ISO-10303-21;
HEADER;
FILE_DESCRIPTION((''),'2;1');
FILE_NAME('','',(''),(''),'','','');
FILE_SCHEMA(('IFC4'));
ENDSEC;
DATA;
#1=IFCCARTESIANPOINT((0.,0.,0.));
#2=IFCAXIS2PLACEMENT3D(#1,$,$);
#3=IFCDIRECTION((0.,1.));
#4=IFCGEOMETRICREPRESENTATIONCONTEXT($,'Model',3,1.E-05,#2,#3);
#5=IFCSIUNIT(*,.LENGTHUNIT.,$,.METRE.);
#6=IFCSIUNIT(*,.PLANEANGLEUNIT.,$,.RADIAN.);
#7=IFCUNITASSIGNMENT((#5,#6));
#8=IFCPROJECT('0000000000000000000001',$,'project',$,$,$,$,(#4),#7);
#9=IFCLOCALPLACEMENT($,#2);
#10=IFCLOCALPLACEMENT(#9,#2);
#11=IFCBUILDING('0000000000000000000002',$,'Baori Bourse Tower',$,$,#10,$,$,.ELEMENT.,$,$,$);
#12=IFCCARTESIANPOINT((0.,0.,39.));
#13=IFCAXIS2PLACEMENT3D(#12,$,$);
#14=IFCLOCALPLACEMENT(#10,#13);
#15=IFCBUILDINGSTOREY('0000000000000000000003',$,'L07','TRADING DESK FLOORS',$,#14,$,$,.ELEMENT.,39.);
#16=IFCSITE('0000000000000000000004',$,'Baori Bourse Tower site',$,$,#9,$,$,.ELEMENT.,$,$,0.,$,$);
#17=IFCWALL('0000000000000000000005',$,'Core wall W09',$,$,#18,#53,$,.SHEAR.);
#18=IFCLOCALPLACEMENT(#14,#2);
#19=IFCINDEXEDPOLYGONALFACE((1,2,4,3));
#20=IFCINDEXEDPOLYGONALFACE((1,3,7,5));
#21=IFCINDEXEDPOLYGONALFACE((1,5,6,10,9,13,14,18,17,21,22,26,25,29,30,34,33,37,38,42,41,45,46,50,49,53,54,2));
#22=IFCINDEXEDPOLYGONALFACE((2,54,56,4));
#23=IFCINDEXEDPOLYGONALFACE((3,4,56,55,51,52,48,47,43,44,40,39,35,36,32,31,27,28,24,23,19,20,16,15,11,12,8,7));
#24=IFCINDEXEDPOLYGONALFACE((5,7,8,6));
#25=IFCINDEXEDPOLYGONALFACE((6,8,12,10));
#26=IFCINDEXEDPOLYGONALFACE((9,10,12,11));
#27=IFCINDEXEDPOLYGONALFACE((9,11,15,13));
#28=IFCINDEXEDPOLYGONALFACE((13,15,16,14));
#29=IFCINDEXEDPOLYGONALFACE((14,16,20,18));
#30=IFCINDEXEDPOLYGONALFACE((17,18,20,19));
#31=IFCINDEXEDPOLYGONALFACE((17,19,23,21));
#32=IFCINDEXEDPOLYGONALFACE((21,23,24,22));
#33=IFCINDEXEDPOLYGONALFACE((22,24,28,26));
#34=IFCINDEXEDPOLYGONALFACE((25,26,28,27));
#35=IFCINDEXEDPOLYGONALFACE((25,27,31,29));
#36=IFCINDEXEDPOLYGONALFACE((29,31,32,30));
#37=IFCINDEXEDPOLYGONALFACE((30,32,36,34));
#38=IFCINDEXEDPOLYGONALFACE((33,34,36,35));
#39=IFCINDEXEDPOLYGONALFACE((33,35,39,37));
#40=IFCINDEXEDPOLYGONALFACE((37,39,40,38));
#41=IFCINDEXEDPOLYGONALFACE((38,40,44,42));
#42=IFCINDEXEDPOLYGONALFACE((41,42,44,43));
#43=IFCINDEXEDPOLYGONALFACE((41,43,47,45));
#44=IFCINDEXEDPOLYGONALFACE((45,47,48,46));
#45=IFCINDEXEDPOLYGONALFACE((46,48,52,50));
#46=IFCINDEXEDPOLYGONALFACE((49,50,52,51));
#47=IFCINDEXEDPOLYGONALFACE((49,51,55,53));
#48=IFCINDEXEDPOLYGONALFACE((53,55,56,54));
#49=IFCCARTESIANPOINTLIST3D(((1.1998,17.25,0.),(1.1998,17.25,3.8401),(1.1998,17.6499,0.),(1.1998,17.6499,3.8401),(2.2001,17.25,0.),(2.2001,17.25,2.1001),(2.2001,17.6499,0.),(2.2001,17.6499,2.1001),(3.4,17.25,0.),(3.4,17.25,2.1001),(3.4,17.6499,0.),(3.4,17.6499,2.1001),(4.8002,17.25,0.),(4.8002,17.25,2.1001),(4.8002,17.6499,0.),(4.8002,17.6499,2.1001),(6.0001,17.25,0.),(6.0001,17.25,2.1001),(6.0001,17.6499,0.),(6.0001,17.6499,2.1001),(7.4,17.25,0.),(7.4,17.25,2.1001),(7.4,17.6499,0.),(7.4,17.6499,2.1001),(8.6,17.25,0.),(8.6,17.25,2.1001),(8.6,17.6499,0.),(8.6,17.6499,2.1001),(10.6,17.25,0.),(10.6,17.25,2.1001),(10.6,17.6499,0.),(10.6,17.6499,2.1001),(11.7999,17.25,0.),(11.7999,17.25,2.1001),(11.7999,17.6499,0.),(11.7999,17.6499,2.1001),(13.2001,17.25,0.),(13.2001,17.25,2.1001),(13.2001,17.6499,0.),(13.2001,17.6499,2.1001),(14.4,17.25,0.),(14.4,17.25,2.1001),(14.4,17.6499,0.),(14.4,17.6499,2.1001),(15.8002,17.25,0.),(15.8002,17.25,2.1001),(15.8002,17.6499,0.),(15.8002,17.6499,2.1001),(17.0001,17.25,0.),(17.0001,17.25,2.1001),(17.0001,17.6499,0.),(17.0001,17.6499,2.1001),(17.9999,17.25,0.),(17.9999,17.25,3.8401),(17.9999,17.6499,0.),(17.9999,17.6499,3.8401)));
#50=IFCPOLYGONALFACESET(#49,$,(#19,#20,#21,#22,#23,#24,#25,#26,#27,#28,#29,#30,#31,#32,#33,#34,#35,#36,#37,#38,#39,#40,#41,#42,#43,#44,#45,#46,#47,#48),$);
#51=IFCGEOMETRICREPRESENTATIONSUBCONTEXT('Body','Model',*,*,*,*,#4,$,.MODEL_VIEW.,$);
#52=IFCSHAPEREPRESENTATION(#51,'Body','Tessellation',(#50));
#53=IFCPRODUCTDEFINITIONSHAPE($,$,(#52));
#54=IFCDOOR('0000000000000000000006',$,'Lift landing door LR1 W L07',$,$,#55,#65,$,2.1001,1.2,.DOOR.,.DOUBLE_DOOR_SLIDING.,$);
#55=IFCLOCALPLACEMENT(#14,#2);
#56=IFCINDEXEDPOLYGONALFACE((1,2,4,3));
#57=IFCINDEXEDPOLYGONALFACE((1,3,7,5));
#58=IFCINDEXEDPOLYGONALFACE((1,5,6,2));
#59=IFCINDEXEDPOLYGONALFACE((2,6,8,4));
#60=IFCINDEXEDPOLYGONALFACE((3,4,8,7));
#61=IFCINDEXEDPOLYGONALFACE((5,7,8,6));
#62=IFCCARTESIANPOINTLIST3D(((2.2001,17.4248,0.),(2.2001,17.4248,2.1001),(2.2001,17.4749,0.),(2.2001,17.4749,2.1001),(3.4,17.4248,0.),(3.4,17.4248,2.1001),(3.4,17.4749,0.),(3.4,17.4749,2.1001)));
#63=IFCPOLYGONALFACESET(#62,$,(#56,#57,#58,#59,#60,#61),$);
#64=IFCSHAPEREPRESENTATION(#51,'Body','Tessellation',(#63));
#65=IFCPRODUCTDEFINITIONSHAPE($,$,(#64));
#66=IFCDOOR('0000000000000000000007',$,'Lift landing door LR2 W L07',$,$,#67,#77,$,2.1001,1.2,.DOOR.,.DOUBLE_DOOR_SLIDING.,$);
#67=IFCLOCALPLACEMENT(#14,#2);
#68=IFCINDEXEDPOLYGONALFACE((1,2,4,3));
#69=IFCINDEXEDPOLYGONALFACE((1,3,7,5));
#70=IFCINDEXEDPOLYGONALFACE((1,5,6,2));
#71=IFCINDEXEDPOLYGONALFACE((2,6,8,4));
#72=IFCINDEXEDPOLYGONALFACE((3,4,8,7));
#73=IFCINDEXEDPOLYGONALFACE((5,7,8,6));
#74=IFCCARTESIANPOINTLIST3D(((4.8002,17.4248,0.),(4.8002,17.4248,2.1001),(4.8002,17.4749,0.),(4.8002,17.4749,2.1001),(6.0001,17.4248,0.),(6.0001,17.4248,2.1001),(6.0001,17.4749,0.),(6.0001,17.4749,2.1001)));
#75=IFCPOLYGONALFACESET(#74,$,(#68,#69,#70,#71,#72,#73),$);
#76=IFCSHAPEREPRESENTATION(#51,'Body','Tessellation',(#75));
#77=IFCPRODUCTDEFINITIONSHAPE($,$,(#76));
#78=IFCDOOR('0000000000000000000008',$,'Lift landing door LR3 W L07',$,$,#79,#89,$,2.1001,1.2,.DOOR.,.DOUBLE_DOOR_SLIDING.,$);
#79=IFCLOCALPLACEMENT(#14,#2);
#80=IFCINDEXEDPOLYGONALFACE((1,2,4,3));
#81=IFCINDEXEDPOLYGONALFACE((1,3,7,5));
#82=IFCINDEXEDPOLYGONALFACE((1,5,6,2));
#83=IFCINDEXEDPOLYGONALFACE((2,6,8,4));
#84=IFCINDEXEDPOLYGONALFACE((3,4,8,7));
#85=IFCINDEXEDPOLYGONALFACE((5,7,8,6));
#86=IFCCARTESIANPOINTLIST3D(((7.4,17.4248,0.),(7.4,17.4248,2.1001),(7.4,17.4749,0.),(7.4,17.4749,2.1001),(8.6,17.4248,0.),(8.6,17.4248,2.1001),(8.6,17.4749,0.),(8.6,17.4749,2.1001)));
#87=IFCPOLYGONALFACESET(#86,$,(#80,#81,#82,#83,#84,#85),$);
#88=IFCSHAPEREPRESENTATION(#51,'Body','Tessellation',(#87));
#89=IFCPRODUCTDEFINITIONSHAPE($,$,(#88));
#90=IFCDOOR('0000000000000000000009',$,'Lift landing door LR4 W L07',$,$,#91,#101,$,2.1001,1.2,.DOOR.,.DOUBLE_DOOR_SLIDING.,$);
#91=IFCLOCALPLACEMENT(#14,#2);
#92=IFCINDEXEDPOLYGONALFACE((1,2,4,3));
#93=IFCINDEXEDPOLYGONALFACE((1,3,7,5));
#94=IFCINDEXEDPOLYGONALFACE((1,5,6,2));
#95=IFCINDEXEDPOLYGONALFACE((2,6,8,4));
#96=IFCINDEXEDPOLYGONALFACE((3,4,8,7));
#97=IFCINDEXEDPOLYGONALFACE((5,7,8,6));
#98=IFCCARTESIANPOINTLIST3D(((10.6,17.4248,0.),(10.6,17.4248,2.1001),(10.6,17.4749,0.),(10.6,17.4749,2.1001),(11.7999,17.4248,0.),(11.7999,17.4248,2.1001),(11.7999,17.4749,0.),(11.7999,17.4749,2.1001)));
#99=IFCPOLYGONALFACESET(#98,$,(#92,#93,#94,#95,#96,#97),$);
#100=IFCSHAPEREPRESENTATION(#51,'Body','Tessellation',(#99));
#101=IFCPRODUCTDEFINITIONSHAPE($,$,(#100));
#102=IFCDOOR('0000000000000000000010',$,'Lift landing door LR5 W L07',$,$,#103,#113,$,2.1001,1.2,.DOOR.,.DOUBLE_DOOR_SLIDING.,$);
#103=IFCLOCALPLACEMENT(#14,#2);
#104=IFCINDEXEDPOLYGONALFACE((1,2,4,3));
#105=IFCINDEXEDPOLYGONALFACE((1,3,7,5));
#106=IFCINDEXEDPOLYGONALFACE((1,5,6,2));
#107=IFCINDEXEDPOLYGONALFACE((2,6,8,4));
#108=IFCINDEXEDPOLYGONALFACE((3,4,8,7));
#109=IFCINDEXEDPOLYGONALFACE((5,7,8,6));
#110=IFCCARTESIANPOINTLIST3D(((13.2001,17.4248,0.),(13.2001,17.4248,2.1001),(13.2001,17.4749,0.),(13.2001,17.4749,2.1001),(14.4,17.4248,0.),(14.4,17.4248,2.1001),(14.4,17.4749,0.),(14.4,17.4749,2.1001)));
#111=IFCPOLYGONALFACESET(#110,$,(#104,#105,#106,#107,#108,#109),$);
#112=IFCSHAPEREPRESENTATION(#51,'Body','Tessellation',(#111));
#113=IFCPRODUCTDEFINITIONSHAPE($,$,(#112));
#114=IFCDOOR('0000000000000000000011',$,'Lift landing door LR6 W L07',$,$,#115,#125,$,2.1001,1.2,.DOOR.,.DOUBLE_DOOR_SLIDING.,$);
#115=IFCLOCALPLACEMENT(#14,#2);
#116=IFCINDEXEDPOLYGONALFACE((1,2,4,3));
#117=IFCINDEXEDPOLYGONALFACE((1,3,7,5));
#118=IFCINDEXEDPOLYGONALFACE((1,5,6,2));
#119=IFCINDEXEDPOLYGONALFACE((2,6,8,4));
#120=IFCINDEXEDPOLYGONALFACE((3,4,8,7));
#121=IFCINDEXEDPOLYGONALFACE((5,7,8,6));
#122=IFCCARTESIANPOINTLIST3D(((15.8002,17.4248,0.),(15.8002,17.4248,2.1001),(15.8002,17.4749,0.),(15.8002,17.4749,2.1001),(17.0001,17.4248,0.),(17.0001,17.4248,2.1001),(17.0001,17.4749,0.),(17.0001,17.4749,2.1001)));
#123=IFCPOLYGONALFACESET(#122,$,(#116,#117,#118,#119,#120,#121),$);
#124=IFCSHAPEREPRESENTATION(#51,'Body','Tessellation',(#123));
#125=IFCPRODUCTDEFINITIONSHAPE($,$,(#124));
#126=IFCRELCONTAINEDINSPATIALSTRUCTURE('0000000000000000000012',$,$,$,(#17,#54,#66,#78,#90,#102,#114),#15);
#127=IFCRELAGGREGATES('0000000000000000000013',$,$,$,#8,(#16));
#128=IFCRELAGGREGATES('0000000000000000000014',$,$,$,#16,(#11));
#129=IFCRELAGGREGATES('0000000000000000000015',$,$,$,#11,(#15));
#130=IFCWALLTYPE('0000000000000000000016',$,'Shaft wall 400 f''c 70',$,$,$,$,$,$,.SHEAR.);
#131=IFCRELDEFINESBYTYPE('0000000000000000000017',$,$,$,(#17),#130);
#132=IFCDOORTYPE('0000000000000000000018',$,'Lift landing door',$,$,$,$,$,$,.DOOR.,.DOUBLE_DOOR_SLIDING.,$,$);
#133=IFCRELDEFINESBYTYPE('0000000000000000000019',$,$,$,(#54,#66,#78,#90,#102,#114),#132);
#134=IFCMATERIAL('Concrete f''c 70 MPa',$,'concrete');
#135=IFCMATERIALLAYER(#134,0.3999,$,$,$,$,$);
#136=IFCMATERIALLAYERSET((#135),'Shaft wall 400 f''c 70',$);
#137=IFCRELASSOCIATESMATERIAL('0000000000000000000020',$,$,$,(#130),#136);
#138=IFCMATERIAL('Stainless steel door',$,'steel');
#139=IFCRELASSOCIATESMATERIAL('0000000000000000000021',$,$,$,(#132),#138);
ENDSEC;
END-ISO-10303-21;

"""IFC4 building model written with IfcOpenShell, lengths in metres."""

from ifc_helpers import new_model, si_unit, direction, frame, frame_2d, origin, place, context, subcontext, project, spatial, rectangle, extrude, material, layer, layer_set, type_object, element, fill, save


model = new_model("IFC4")

# Units and contexts
model_context = context("Model", 3, precision=1e-05, world=origin(), true_north=direction((0.0, 1.0)))
body_context = subcontext(model_context, "Body", "Model", "MODEL_VIEW")
ifc_project = project(units=[si_unit("LENGTHUNIT", "METRE"), si_unit("PLANEANGLEUNIT", "RADIAN")], contexts=[model_context])

# Site, building, storey
site_placement = place(None, origin())
site = spatial("IfcSite", under=ifc_project, at=site_placement, Name="Baori Bourse Tower site", CompositionType="ELEMENT", RefElevation=0.0)
building_placement = place(site_placement, origin())
building = spatial("IfcBuilding", under=site, at=building_placement, Name="Baori Bourse Tower", CompositionType="ELEMENT")
storey_placement = place(building_placement, frame((0.0, 0.0, 39.0)))
storey = spatial("IfcBuildingStorey", under=building, at=storey_placement, Name="L07", Description="TRADING DESK FLOORS", CompositionType="ELEMENT", Elevation=39.0)

# Shared definitions
ifc_material_1 = material(Name="Concrete f'c 70 MPa", Category="concrete")
ifc_layer_1 = layer(ifc_material_1, 0.3999)
ifc_layer_set_1 = layer_set([ifc_layer_1], Name="Shaft wall 400 f'c 70")
wall_type_1 = type_object("IfcWallType", Name="Shaft wall 400 f'c 70", PredefinedType="SHEAR", material=ifc_layer_set_1)

# Wall, openings, doors
wall_1_placement = place(storey_placement, frame((1.2, 17.45, 0.0), z_axis=(0.0, 0.0, 1.0), x_axis=(1.0, 0.0, 0.0)))
wall_1 = element("IfcWall", 1, at=wall_1_placement, inside=storey, type_object=wall_type_1, Name="Core wall W09", PredefinedType="SHEAR", context=body_context, shape_type="SweptSolid", body=[
    extrude(rectangle(XDim=16.8, YDim=0.3999, at=frame_2d((8.3999, 0.0))), origin(), (0.0, 0.0, 1.0), 3.8401),
])
opening_1_placement = place(wall_1_placement, frame((1.0, 0.0, 0.0)))
opening_1 = element("IfcOpeningElement", 2, at=opening_1_placement, cuts=wall_1, PredefinedType="OPENING", context=body_context, shape_type="SweptSolid", body=[
    extrude(rectangle(XDim=1.2, YDim=2.1001, at=frame_2d((0.6001, 1.05))), frame((0.0, 0.21, 0.0), z_axis=(0.0, -1.0, 0.0), x_axis=(1.0, 0.0, 0.0)), (0.0, 0.0, 1.0), 0.4199),
])
opening_2_placement = place(wall_1_placement, frame((3.6001, 0.0, 0.0)))
opening_2 = element("IfcOpeningElement", 3, at=opening_2_placement, cuts=wall_1, PredefinedType="OPENING", context=body_context, shape_type="SweptSolid", body=[
    extrude(rectangle(XDim=1.2, YDim=2.1001, at=frame_2d((0.6001, 1.05))), frame((0.0, 0.21, 0.0), z_axis=(0.0, -1.0, 0.0), x_axis=(1.0, 0.0, 0.0)), (0.0, 0.0, 1.0), 0.4199),
])
opening_3_placement = place(wall_1_placement, frame((6.2, 0.0, 0.0)))
opening_3 = element("IfcOpeningElement", 4, at=opening_3_placement, cuts=wall_1, PredefinedType="OPENING", context=body_context, shape_type="SweptSolid", body=[
    extrude(rectangle(XDim=1.2, YDim=2.1001, at=frame_2d((0.6001, 1.05))), frame((0.0, 0.21, 0.0), z_axis=(0.0, -1.0, 0.0), x_axis=(1.0, 0.0, 0.0)), (0.0, 0.0, 1.0), 0.4199),
])
opening_4_placement = place(wall_1_placement, frame((9.3999, 0.0, 0.0)))
opening_4 = element("IfcOpeningElement", 5, at=opening_4_placement, cuts=wall_1, PredefinedType="OPENING", context=body_context, shape_type="SweptSolid", body=[
    extrude(rectangle(XDim=1.2, YDim=2.1001, at=frame_2d((0.6001, 1.05))), frame((0.0, 0.21, 0.0), z_axis=(0.0, -1.0, 0.0), x_axis=(1.0, 0.0, 0.0)), (0.0, 0.0, 1.0), 0.4199),
])
opening_5_placement = place(wall_1_placement, frame((12.0, 0.0, 0.0)))
opening_5 = element("IfcOpeningElement", 6, at=opening_5_placement, cuts=wall_1, PredefinedType="OPENING", context=body_context, shape_type="SweptSolid", body=[
    extrude(rectangle(XDim=1.2, YDim=2.1001, at=frame_2d((0.6001, 1.05))), frame((0.0, 0.21, 0.0), z_axis=(0.0, -1.0, 0.0), x_axis=(1.0, 0.0, 0.0)), (0.0, 0.0, 1.0), 0.4199),
])
opening_6_placement = place(wall_1_placement, frame((14.6001, 0.0, 0.0)))
opening_6 = element("IfcOpeningElement", 7, at=opening_6_placement, cuts=wall_1, PredefinedType="OPENING", context=body_context, shape_type="SweptSolid", body=[
    extrude(rectangle(XDim=1.2, YDim=2.1001, at=frame_2d((0.6001, 1.05))), frame((0.0, 0.21, 0.0), z_axis=(0.0, -1.0, 0.0), x_axis=(1.0, 0.0, 0.0)), (0.0, 0.0, 1.0), 0.4199),
])
ifc_material_2 = material(Name="Stainless steel door", Category="steel")
door_type_1 = type_object("IfcDoorType", Name="Lift landing door", OperationType="DOUBLE_DOOR_SLIDING", PredefinedType="DOOR", material=ifc_material_2)
door_1_placement = place(opening_1_placement, origin())
door_1 = element("IfcDoor", 8, at=door_1_placement, inside=storey, type_object=door_type_1, Name="Lift landing door LR1 W L07", OperationType="DOUBLE_DOOR_SLIDING", OverallHeight=2.1001, OverallWidth=1.2, PredefinedType="DOOR", context=body_context, shape_type="SweptSolid", body=[
    extrude(rectangle(XDim=1.2, YDim=2.1001, at=frame_2d((0.6001, 1.05))), frame((0.0, 0.0249, 0.0), z_axis=(0.0, -1.0, 0.0), x_axis=(1.0, 0.0, 0.0)), (0.0, 0.0, 1.0), 0.05),
])
fill(opening_1, door_1)
door_2_placement = place(opening_2_placement, origin())
door_2 = element("IfcDoor", 9, at=door_2_placement, inside=storey, type_object=door_type_1, Name="Lift landing door LR2 W L07", OperationType="DOUBLE_DOOR_SLIDING", OverallHeight=2.1001, OverallWidth=1.2, PredefinedType="DOOR", context=body_context, shape_type="SweptSolid", body=[
    extrude(rectangle(XDim=1.2, YDim=2.1001, at=frame_2d((0.6001, 1.05))), frame((0.0, 0.0249, 0.0), z_axis=(0.0, -1.0, 0.0), x_axis=(1.0, 0.0, 0.0)), (0.0, 0.0, 1.0), 0.05),
])
fill(opening_2, door_2)
door_3_placement = place(opening_3_placement, origin())
door_3 = element("IfcDoor", 10, at=door_3_placement, inside=storey, type_object=door_type_1, Name="Lift landing door LR3 W L07", OperationType="DOUBLE_DOOR_SLIDING", OverallHeight=2.1001, OverallWidth=1.2, PredefinedType="DOOR", context=body_context, shape_type="SweptSolid", body=[
    extrude(rectangle(XDim=1.2, YDim=2.1001, at=frame_2d((0.6001, 1.05))), frame((0.0, 0.0249, 0.0), z_axis=(0.0, -1.0, 0.0), x_axis=(1.0, 0.0, 0.0)), (0.0, 0.0, 1.0), 0.05),
])
fill(opening_3, door_3)
door_4_placement = place(opening_4_placement, origin())
door_4 = element("IfcDoor", 11, at=door_4_placement, inside=storey, type_object=door_type_1, Name="Lift landing door LR4 W L07", OperationType="DOUBLE_DOOR_SLIDING", OverallHeight=2.1001, OverallWidth=1.2, PredefinedType="DOOR", context=body_context, shape_type="SweptSolid", body=[
    extrude(rectangle(XDim=1.2, YDim=2.1001, at=frame_2d((0.6001, 1.05))), frame((0.0, 0.0249, 0.0), z_axis=(0.0, -1.0, 0.0), x_axis=(1.0, 0.0, 0.0)), (0.0, 0.0, 1.0), 0.05),
])
fill(opening_4, door_4)
door_5_placement = place(opening_5_placement, origin())
door_5 = element("IfcDoor", 12, at=door_5_placement, inside=storey, type_object=door_type_1, Name="Lift landing door LR5 W L07", OperationType="DOUBLE_DOOR_SLIDING", OverallHeight=2.1001, OverallWidth=1.2, PredefinedType="DOOR", context=body_context, shape_type="SweptSolid", body=[
    extrude(rectangle(XDim=1.2, YDim=2.1001, at=frame_2d((0.6001, 1.05))), frame((0.0, 0.0249, 0.0), z_axis=(0.0, -1.0, 0.0), x_axis=(1.0, 0.0, 0.0)), (0.0, 0.0, 1.0), 0.05),
])
fill(opening_5, door_5)
door_6_placement = place(opening_6_placement, origin())
door_6 = element("IfcDoor", 13, at=door_6_placement, inside=storey, type_object=door_type_1, Name="Lift landing door LR6 W L07", OperationType="DOUBLE_DOOR_SLIDING", OverallHeight=2.1001, OverallWidth=1.2, PredefinedType="DOOR", context=body_context, shape_type="SweptSolid", body=[
    extrude(rectangle(XDim=1.2, YDim=2.1001, at=frame_2d((0.6001, 1.05))), frame((0.0, 0.0249, 0.0), z_axis=(0.0, -1.0, 0.0), x_axis=(1.0, 0.0, 0.0)), (0.0, 0.0, 1.0), 0.05),
])
fill(opening_6, door_6)

save(model, "model.ifc")
